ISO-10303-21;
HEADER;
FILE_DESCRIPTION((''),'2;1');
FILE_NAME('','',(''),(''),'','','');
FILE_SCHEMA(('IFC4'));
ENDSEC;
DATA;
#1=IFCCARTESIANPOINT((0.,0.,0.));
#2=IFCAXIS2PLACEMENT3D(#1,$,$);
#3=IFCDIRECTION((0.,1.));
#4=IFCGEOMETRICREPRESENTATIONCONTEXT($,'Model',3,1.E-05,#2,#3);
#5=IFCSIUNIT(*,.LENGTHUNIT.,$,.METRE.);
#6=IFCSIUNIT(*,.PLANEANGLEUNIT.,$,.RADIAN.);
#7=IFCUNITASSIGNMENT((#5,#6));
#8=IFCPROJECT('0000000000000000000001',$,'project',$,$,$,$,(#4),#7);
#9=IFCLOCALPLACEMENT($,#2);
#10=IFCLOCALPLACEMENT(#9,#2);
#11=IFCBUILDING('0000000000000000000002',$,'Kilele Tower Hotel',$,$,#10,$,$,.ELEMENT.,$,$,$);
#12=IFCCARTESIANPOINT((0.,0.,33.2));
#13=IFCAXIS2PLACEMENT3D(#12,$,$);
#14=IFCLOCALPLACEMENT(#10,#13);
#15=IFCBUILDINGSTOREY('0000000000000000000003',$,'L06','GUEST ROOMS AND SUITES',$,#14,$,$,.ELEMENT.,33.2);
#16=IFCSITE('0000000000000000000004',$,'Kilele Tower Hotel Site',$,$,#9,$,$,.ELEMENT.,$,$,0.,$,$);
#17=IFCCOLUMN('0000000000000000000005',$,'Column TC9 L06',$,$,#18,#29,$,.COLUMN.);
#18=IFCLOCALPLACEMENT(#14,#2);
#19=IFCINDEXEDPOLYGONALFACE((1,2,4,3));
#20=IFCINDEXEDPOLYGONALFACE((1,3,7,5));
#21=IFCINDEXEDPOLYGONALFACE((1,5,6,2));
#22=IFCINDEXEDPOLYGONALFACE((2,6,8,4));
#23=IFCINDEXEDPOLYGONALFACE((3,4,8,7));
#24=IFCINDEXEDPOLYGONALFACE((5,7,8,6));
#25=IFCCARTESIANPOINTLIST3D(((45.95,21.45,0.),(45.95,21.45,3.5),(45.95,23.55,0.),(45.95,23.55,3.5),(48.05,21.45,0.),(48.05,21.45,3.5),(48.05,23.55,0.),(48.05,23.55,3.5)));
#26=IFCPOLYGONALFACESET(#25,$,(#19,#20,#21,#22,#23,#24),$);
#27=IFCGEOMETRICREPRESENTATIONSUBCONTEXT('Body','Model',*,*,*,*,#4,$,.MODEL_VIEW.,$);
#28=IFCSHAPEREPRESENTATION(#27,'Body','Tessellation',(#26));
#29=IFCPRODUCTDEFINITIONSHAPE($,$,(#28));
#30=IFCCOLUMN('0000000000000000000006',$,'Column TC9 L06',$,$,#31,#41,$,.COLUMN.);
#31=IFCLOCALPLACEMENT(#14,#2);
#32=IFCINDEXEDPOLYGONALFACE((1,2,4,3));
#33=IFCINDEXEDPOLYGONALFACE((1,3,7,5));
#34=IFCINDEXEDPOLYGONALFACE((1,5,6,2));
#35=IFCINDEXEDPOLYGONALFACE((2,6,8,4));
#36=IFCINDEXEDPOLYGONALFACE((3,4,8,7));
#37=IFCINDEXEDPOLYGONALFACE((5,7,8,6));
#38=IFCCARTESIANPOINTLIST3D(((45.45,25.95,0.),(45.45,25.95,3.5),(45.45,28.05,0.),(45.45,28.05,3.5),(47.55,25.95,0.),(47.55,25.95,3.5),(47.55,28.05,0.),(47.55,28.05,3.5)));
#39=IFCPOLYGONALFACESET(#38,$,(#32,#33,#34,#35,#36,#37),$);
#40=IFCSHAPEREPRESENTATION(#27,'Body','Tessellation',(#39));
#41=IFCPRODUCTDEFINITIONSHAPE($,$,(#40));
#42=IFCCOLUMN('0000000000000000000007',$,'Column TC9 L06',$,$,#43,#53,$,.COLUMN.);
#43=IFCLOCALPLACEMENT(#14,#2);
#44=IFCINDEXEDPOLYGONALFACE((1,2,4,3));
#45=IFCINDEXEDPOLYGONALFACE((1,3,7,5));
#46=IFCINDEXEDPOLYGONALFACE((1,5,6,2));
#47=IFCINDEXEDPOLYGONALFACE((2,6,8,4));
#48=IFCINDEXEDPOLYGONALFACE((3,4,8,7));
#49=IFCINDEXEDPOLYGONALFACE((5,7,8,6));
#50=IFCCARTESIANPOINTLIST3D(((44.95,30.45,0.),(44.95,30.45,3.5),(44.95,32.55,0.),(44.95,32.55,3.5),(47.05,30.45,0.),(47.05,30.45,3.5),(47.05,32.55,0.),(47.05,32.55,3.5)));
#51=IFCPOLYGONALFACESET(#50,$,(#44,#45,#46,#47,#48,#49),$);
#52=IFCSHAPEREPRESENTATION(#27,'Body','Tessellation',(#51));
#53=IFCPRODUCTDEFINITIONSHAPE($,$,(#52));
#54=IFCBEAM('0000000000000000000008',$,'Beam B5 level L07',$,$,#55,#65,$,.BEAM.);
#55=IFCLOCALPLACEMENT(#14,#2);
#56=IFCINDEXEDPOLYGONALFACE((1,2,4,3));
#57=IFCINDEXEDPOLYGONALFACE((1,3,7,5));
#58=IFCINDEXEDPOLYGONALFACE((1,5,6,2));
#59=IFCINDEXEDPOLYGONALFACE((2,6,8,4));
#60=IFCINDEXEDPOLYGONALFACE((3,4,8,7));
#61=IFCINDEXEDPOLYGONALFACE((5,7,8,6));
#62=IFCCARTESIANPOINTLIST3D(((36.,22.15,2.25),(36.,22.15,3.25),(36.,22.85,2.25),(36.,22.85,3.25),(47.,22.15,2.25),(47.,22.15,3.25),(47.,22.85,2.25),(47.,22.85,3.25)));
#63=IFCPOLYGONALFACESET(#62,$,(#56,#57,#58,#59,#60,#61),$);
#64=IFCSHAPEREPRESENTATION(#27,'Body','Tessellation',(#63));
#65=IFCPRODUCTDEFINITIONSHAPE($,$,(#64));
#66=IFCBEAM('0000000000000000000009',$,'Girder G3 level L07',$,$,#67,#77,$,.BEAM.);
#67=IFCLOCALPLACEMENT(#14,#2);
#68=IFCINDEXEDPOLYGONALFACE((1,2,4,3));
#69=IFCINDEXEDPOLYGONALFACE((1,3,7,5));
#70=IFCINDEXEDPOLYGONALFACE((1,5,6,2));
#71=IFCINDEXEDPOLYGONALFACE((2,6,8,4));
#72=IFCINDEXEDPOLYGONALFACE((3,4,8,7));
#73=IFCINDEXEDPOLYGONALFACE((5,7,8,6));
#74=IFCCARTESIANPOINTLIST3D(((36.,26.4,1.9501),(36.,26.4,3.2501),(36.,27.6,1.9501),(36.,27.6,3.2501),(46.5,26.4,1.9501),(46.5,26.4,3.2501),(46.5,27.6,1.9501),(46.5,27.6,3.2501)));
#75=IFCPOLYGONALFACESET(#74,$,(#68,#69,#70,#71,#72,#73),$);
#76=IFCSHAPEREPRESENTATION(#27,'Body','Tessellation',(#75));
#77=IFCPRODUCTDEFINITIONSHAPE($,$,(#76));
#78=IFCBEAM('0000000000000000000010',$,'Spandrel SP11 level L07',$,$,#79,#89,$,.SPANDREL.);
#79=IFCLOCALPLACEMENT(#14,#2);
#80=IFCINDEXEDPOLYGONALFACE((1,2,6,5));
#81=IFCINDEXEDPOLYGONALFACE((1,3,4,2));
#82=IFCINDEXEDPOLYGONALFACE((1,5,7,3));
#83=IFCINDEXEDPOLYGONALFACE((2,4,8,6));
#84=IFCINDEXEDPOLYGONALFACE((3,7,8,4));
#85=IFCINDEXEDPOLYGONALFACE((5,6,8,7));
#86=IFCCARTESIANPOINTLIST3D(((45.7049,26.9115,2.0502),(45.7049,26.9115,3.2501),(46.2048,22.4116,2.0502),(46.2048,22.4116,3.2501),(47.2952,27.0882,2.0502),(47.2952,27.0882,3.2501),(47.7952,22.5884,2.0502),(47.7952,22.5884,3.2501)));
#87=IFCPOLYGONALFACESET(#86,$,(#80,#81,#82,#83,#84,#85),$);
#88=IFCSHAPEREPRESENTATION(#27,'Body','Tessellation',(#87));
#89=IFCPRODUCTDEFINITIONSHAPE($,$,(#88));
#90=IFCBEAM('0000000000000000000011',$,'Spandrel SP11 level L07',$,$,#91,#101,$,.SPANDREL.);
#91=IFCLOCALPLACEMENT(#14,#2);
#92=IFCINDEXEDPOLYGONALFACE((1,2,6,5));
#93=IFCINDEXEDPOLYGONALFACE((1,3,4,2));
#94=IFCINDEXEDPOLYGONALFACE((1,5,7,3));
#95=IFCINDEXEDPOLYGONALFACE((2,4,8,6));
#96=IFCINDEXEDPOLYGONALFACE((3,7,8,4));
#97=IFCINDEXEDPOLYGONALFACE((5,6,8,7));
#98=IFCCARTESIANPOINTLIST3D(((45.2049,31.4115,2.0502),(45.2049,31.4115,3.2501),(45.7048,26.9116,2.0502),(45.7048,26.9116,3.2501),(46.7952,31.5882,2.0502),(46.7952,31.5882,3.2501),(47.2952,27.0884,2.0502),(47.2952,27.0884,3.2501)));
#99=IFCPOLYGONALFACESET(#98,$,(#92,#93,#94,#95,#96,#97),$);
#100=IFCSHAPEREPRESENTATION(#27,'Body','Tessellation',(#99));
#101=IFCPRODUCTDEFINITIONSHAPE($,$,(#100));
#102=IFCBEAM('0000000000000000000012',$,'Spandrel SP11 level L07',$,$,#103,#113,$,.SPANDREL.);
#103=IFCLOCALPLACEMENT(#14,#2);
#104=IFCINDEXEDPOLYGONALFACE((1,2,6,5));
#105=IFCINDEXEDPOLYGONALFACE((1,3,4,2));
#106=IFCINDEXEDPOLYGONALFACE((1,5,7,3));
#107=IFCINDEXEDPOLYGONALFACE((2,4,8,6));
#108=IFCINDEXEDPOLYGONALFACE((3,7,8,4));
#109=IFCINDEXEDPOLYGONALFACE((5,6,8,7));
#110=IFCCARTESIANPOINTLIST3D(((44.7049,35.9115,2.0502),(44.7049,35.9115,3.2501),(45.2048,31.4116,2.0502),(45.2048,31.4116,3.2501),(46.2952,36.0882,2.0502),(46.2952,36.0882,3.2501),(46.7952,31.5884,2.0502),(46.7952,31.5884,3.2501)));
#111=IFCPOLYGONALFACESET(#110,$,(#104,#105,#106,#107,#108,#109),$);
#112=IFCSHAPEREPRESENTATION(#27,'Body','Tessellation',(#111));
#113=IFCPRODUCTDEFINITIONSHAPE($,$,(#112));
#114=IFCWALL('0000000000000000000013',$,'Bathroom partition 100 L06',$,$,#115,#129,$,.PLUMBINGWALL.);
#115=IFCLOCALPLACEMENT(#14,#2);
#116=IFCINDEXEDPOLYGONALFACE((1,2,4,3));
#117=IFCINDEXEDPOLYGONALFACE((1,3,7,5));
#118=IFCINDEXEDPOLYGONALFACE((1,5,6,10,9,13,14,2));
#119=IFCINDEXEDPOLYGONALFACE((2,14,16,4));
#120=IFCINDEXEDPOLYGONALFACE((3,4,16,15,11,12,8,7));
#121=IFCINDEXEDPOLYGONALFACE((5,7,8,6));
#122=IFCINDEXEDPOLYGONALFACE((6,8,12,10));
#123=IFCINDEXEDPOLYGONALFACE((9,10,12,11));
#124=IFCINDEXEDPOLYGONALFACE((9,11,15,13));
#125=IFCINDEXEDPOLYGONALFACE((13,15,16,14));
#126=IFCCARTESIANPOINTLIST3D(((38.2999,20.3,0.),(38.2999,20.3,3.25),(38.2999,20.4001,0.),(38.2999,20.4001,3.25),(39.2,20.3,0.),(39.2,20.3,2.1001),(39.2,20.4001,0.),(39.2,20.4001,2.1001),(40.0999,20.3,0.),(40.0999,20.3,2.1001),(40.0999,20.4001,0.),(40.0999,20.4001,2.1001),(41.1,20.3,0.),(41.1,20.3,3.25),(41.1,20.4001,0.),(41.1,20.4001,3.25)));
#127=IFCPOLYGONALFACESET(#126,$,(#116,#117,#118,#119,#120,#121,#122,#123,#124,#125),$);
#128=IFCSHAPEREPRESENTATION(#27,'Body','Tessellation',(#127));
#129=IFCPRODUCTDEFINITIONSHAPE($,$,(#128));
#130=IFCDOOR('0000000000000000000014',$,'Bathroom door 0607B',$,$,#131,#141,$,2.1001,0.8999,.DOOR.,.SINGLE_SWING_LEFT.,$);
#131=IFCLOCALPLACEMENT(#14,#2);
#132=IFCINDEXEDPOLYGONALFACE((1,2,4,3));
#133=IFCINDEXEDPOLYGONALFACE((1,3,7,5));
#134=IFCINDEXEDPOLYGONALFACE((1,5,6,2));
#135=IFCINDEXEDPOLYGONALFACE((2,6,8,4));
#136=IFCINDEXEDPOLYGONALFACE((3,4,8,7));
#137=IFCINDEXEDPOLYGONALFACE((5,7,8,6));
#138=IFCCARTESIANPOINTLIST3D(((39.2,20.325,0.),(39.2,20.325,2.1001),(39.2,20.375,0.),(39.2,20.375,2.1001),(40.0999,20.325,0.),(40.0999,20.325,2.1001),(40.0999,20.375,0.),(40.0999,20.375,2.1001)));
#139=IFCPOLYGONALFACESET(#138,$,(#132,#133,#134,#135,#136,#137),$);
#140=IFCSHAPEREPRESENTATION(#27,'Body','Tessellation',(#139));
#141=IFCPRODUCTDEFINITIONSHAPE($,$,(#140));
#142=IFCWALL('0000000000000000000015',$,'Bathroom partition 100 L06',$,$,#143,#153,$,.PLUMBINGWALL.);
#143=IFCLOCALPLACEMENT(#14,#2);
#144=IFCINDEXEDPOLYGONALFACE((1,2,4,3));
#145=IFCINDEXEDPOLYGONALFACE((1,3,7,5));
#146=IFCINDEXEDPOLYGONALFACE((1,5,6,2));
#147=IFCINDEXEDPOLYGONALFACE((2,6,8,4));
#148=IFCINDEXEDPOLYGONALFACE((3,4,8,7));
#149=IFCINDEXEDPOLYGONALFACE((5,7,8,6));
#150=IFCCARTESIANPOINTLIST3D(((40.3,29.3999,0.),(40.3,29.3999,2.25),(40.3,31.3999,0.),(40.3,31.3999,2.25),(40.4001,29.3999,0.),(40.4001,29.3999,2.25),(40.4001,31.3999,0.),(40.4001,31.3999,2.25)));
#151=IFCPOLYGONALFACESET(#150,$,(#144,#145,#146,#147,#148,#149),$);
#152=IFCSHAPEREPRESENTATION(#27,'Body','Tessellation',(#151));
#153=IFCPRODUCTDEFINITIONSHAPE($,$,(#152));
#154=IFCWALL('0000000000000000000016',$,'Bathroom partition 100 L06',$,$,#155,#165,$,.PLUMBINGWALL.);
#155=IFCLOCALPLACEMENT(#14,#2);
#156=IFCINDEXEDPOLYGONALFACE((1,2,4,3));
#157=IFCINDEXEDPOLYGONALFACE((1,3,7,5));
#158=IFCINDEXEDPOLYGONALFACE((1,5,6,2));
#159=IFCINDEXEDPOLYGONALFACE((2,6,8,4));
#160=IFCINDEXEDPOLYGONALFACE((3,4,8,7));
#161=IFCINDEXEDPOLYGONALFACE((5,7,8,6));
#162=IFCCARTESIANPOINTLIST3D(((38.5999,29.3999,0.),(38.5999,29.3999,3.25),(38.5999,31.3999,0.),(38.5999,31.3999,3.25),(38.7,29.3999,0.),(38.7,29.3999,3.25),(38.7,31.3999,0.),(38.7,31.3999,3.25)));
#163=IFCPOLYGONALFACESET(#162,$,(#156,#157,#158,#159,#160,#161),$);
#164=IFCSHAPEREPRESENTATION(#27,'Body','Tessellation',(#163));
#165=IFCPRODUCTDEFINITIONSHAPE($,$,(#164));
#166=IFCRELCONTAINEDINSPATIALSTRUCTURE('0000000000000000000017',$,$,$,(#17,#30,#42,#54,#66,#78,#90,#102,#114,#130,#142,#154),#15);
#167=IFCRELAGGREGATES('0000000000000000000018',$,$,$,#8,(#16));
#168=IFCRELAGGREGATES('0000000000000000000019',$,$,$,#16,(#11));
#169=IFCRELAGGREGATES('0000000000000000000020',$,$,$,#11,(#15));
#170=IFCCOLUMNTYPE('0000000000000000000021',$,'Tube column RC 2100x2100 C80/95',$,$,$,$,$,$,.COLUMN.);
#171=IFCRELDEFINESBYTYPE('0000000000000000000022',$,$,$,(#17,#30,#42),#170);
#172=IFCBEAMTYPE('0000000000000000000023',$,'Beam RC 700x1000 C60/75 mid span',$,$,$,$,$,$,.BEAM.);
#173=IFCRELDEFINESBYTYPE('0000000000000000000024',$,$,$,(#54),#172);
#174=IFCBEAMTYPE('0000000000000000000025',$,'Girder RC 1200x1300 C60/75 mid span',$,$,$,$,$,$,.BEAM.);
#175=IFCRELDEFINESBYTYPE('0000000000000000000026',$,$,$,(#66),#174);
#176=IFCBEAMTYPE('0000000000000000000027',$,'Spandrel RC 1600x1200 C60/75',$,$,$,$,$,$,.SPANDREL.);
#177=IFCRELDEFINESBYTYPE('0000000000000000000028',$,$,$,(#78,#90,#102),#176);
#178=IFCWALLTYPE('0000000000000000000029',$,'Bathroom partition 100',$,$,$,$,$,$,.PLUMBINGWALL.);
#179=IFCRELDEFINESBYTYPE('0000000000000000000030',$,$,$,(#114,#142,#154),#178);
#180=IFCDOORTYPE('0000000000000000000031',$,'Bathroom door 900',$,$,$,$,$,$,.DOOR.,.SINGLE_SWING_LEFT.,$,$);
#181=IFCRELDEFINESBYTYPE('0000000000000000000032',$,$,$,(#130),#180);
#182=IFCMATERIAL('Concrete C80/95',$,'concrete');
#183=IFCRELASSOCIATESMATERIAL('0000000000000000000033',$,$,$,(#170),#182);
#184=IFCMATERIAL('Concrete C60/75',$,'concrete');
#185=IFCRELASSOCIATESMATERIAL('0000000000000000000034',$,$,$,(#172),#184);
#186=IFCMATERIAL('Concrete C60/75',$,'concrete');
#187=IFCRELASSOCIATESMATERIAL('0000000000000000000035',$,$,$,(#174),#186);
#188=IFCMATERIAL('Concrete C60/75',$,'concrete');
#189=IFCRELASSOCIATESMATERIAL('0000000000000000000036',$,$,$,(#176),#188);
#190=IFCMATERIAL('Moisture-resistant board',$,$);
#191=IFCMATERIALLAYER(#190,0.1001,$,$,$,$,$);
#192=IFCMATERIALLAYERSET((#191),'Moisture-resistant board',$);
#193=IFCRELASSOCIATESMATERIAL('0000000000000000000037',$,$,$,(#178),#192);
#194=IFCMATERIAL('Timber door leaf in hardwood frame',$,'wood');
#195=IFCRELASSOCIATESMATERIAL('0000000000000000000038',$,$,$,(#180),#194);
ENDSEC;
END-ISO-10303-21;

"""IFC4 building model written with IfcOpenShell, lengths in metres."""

from ifc_helpers import new_model, si_unit, direction, frame, frame_2d, origin, origin_2d, place, context, subcontext, project, spatial, rectangle, extrude, material, layer, layer_set, material_profile, profile_set, type_object, element, fill, save


model = new_model("IFC4")

# Units and contexts
model_context = context("Model", 3, precision=1e-05, world=origin(), true_north=direction((0.0, 1.0)))
body_context = subcontext(model_context, "Body", "Model", "MODEL_VIEW")
ifc_project = project(units=[si_unit("LENGTHUNIT", "METRE"), si_unit("PLANEANGLEUNIT", "RADIAN")], contexts=[model_context])

# Site, building, storey
site_placement = place(None, origin())
site = spatial("IfcSite", under=ifc_project, at=site_placement, Name="Kilele Tower Hotel Site", CompositionType="ELEMENT", RefElevation=0.0)
building_placement = place(site_placement, origin())
building = spatial("IfcBuilding", under=site, at=building_placement, Name="Kilele Tower Hotel", CompositionType="ELEMENT")
storey_placement = place(building_placement, frame((0.0, 0.0, 33.2)))
storey = spatial("IfcBuildingStorey", under=building, at=storey_placement, Name="L06", Description="GUEST ROOMS AND SUITES", CompositionType="ELEMENT", Elevation=33.2)

# Columns
ifc_material_1 = material(Name="Concrete C80/95", Category="concrete")
ifc_material_profile_1 = material_profile(ifc_material_1, rectangle(XDim=2.1001, YDim=2.1001, at=origin_2d()))
ifc_profile_set_1 = profile_set([ifc_material_profile_1], Name="Concrete C80/95")
column_type = type_object("IfcColumnType", Name="Tube column RC 2100x2100 C80/95", PredefinedType="COLUMN", material=ifc_profile_set_1)
for number, where, z_axis, x_axis, name in (
    (1, (47.0, 22.5, 0.0), (0.0, 0.0, 1.0), (1.0, 0.0, 0.0), "Column TC9 L06"),
    (2, (46.5, 27.0, 0.0), (0.0, 0.0, 1.0), (1.0, 0.0, 0.0), "Column TC9 L06"),
    (3, (46.0, 31.5, 0.0), (0.0, 0.0, 1.0), (1.0, 0.0, 0.0), "Column TC9 L06"),
):
    element("IfcColumn", number, at=place(storey_placement, frame(where, z_axis=z_axis, x_axis=x_axis)), inside=storey, type_object=column_type, Name=name, PredefinedType="COLUMN", context=body_context, shape_type="SweptSolid", body=[
        extrude(rectangle(XDim=2.1001, YDim=2.1001, at=origin_2d()), origin(), (0.0, 0.0, 1.0), 3.5),
    ])

# Beams
ifc_material_2 = material(Name="Concrete C60/75", Category="concrete")
ifc_material_profile_2 = material_profile(ifc_material_2, rectangle(XDim=0.7, YDim=1.0, at=origin_2d()))
ifc_profile_set_2 = profile_set([ifc_material_profile_2], Name="Concrete C60/75")
beam_type_1 = type_object("IfcBeamType", Name="Beam RC 700x1000 C60/75 mid span", PredefinedType="BEAM", material=ifc_profile_set_2)
beam_1_placement = place(storey_placement, frame((47.0, 22.5, 2.75), z_axis=(-1.0, 0.0, 0.0), x_axis=(0.0, -1.0, 0.0)))
element("IfcBeam", 4, at=beam_1_placement, inside=storey, type_object=beam_type_1, Name="Beam B5 level L07", PredefinedType="BEAM", context=body_context, shape_type="SweptSolid", body=[
    extrude(rectangle(XDim=0.7, YDim=1.0, at=origin_2d()), origin(), (0.0, 0.0, 1.0), 11.0),
])
ifc_material_3 = material(Name="Concrete C60/75", Category="concrete")
ifc_material_profile_3 = material_profile(ifc_material_3, rectangle(XDim=1.2, YDim=1.3, at=origin_2d()))
ifc_profile_set_3 = profile_set([ifc_material_profile_3], Name="Concrete C60/75")
beam_type_2 = type_object("IfcBeamType", Name="Girder RC 1200x1300 C60/75 mid span", PredefinedType="BEAM", material=ifc_profile_set_3)
beam_2_placement = place(storey_placement, frame((46.5, 27.0, 2.6001), z_axis=(-1.0, 0.0, 0.0), x_axis=(0.0, -1.0, 0.0)))
element("IfcBeam", 5, at=beam_2_placement, inside=storey, type_object=beam_type_2, Name="Girder G3 level L07", PredefinedType="BEAM", context=body_context, shape_type="SweptSolid", body=[
    extrude(rectangle(XDim=1.2, YDim=1.3, at=origin_2d()), origin(), (0.0, 0.0, 1.0), 10.5),
])
ifc_material_4 = material(Name="Concrete C60/75", Category="concrete")
ifc_material_profile_4 = material_profile(ifc_material_4, rectangle(XDim=1.6001, YDim=1.2, at=origin_2d()))
ifc_profile_set_4 = profile_set([ifc_material_profile_4], Name="Concrete C60/75")
beam_type_3 = type_object("IfcBeamType", Name="Spandrel RC 1600x1200 C60/75", PredefinedType="SPANDREL", material=ifc_profile_set_4)
for number, where, z_axis, x_axis, name in (
    (6, (47.0, 22.5, 2.6501), (-0.110432, 0.993884, 0.0), (-0.993884, -0.110432, 0.0), "Spandrel SP11 level L07"),
    (7, (46.5, 27.0, 2.6501), (-0.110432, 0.993884, 0.0), (-0.993884, -0.110432, 0.0), "Spandrel SP11 level L07"),
    (8, (46.0, 31.5, 2.6501), (-0.110432, 0.993884, 0.0), (-0.993884, -0.110432, 0.0), "Spandrel SP11 level L07"),
):
    element("IfcBeam", number, at=place(storey_placement, frame(where, z_axis=z_axis, x_axis=x_axis)), inside=storey, type_object=beam_type_3, Name=name, PredefinedType="SPANDREL", context=body_context, shape_type="SweptSolid", body=[
        extrude(rectangle(XDim=1.6001, YDim=1.2, at=origin_2d()), origin(), (0.0, 0.0, 1.0), 4.5276),
    ])

# Wall, opening, door
ifc_material_5 = material(Name="Moisture-resistant board")
ifc_layer_1 = layer(ifc_material_5, 0.1001)
ifc_layer_set_1 = layer_set([ifc_layer_1], Name="Moisture-resistant board")
wall_type_1 = type_object("IfcWallType", Name="Bathroom partition 100", PredefinedType="PLUMBINGWALL", material=ifc_layer_set_1)
wall_1_placement = place(storey_placement, frame((38.3, 20.3501, 0.0), z_axis=(0.0, 0.0, 1.0), x_axis=(1.0, 0.0, 0.0)))
wall_1 = element("IfcWall", 9, at=wall_1_placement, inside=storey, type_object=wall_type_1, Name="Bathroom partition 100 L06", PredefinedType="PLUMBINGWALL", context=body_context, shape_type="SweptSolid", body=[
    extrude(rectangle(XDim=2.8, YDim=0.1001, at=frame_2d((1.3999, 0.0))), origin(), (0.0, 0.0, 1.0), 3.25),
])
opening_1_placement = place(wall_1_placement, frame((0.8999, 0.0, 0.0)))
opening_1 = element("IfcOpeningElement", 10, at=opening_1_placement, cuts=wall_1, PredefinedType="OPENING", context=body_context, shape_type="SweptSolid", body=[
    extrude(rectangle(XDim=0.8999, YDim=2.1001, at=frame_2d((0.45, 1.05))), frame((0.0, 0.0601, 0.0), z_axis=(0.0, -1.0, 0.0), x_axis=(1.0, 0.0, 0.0)), (0.0, 0.0, 1.0), 0.1201),
])
ifc_material_6 = material(Name="Timber door leaf in hardwood frame", Category="wood")
door_type_1 = type_object("IfcDoorType", Name="Bathroom door 900", OperationType="SINGLE_SWING_LEFT", PredefinedType="DOOR", material=ifc_material_6)
door_1_placement = place(opening_1_placement, origin())
door_1 = element("IfcDoor", 11, at=door_1_placement, inside=storey, type_object=door_type_1, Name="Bathroom door 0607B", OperationType="SINGLE_SWING_LEFT", OverallHeight=2.1001, OverallWidth=0.8999, PredefinedType="DOOR", context=body_context, shape_type="SweptSolid", body=[
    extrude(rectangle(XDim=0.8999, YDim=2.1001, at=frame_2d((0.45, 1.05))), frame((0.0, 0.0249, 0.0), z_axis=(0.0, -1.0, 0.0), x_axis=(1.0, 0.0, 0.0)), (0.0, 0.0, 1.0), 0.05),
])
fill(opening_1, door_1)

# Walls
wall_2_placement = place(storey_placement, frame((40.3501, 31.3999, 0.0), z_axis=(0.0, 0.0, 1.0), x_axis=(0.0, -1.0, 0.0)))
element("IfcWall", 12, at=wall_2_placement, inside=storey, type_object=wall_type_1, Name="Bathroom partition 100 L06", PredefinedType="PLUMBINGWALL", context=body_context, shape_type="SweptSolid", body=[
    extrude(rectangle(XDim=2.0, YDim=0.1001, at=frame_2d((1.0, 0.0))), origin(), (0.0, 0.0, 1.0), 2.25),
])
wall_3_placement = place(storey_placement, frame((38.6499, 31.3999, 0.0), z_axis=(0.0, 0.0, 1.0), x_axis=(0.0, -1.0, 0.0)))
element("IfcWall", 13, at=wall_3_placement, inside=storey, type_object=wall_type_1, Name="Bathroom partition 100 L06", PredefinedType="PLUMBINGWALL", context=body_context, shape_type="SweptSolid", body=[
    extrude(rectangle(XDim=2.0, YDim=0.1001, at=frame_2d((1.0, 0.0))), origin(), (0.0, 0.0, 1.0), 3.25),
])

save(model, "model.ifc")
